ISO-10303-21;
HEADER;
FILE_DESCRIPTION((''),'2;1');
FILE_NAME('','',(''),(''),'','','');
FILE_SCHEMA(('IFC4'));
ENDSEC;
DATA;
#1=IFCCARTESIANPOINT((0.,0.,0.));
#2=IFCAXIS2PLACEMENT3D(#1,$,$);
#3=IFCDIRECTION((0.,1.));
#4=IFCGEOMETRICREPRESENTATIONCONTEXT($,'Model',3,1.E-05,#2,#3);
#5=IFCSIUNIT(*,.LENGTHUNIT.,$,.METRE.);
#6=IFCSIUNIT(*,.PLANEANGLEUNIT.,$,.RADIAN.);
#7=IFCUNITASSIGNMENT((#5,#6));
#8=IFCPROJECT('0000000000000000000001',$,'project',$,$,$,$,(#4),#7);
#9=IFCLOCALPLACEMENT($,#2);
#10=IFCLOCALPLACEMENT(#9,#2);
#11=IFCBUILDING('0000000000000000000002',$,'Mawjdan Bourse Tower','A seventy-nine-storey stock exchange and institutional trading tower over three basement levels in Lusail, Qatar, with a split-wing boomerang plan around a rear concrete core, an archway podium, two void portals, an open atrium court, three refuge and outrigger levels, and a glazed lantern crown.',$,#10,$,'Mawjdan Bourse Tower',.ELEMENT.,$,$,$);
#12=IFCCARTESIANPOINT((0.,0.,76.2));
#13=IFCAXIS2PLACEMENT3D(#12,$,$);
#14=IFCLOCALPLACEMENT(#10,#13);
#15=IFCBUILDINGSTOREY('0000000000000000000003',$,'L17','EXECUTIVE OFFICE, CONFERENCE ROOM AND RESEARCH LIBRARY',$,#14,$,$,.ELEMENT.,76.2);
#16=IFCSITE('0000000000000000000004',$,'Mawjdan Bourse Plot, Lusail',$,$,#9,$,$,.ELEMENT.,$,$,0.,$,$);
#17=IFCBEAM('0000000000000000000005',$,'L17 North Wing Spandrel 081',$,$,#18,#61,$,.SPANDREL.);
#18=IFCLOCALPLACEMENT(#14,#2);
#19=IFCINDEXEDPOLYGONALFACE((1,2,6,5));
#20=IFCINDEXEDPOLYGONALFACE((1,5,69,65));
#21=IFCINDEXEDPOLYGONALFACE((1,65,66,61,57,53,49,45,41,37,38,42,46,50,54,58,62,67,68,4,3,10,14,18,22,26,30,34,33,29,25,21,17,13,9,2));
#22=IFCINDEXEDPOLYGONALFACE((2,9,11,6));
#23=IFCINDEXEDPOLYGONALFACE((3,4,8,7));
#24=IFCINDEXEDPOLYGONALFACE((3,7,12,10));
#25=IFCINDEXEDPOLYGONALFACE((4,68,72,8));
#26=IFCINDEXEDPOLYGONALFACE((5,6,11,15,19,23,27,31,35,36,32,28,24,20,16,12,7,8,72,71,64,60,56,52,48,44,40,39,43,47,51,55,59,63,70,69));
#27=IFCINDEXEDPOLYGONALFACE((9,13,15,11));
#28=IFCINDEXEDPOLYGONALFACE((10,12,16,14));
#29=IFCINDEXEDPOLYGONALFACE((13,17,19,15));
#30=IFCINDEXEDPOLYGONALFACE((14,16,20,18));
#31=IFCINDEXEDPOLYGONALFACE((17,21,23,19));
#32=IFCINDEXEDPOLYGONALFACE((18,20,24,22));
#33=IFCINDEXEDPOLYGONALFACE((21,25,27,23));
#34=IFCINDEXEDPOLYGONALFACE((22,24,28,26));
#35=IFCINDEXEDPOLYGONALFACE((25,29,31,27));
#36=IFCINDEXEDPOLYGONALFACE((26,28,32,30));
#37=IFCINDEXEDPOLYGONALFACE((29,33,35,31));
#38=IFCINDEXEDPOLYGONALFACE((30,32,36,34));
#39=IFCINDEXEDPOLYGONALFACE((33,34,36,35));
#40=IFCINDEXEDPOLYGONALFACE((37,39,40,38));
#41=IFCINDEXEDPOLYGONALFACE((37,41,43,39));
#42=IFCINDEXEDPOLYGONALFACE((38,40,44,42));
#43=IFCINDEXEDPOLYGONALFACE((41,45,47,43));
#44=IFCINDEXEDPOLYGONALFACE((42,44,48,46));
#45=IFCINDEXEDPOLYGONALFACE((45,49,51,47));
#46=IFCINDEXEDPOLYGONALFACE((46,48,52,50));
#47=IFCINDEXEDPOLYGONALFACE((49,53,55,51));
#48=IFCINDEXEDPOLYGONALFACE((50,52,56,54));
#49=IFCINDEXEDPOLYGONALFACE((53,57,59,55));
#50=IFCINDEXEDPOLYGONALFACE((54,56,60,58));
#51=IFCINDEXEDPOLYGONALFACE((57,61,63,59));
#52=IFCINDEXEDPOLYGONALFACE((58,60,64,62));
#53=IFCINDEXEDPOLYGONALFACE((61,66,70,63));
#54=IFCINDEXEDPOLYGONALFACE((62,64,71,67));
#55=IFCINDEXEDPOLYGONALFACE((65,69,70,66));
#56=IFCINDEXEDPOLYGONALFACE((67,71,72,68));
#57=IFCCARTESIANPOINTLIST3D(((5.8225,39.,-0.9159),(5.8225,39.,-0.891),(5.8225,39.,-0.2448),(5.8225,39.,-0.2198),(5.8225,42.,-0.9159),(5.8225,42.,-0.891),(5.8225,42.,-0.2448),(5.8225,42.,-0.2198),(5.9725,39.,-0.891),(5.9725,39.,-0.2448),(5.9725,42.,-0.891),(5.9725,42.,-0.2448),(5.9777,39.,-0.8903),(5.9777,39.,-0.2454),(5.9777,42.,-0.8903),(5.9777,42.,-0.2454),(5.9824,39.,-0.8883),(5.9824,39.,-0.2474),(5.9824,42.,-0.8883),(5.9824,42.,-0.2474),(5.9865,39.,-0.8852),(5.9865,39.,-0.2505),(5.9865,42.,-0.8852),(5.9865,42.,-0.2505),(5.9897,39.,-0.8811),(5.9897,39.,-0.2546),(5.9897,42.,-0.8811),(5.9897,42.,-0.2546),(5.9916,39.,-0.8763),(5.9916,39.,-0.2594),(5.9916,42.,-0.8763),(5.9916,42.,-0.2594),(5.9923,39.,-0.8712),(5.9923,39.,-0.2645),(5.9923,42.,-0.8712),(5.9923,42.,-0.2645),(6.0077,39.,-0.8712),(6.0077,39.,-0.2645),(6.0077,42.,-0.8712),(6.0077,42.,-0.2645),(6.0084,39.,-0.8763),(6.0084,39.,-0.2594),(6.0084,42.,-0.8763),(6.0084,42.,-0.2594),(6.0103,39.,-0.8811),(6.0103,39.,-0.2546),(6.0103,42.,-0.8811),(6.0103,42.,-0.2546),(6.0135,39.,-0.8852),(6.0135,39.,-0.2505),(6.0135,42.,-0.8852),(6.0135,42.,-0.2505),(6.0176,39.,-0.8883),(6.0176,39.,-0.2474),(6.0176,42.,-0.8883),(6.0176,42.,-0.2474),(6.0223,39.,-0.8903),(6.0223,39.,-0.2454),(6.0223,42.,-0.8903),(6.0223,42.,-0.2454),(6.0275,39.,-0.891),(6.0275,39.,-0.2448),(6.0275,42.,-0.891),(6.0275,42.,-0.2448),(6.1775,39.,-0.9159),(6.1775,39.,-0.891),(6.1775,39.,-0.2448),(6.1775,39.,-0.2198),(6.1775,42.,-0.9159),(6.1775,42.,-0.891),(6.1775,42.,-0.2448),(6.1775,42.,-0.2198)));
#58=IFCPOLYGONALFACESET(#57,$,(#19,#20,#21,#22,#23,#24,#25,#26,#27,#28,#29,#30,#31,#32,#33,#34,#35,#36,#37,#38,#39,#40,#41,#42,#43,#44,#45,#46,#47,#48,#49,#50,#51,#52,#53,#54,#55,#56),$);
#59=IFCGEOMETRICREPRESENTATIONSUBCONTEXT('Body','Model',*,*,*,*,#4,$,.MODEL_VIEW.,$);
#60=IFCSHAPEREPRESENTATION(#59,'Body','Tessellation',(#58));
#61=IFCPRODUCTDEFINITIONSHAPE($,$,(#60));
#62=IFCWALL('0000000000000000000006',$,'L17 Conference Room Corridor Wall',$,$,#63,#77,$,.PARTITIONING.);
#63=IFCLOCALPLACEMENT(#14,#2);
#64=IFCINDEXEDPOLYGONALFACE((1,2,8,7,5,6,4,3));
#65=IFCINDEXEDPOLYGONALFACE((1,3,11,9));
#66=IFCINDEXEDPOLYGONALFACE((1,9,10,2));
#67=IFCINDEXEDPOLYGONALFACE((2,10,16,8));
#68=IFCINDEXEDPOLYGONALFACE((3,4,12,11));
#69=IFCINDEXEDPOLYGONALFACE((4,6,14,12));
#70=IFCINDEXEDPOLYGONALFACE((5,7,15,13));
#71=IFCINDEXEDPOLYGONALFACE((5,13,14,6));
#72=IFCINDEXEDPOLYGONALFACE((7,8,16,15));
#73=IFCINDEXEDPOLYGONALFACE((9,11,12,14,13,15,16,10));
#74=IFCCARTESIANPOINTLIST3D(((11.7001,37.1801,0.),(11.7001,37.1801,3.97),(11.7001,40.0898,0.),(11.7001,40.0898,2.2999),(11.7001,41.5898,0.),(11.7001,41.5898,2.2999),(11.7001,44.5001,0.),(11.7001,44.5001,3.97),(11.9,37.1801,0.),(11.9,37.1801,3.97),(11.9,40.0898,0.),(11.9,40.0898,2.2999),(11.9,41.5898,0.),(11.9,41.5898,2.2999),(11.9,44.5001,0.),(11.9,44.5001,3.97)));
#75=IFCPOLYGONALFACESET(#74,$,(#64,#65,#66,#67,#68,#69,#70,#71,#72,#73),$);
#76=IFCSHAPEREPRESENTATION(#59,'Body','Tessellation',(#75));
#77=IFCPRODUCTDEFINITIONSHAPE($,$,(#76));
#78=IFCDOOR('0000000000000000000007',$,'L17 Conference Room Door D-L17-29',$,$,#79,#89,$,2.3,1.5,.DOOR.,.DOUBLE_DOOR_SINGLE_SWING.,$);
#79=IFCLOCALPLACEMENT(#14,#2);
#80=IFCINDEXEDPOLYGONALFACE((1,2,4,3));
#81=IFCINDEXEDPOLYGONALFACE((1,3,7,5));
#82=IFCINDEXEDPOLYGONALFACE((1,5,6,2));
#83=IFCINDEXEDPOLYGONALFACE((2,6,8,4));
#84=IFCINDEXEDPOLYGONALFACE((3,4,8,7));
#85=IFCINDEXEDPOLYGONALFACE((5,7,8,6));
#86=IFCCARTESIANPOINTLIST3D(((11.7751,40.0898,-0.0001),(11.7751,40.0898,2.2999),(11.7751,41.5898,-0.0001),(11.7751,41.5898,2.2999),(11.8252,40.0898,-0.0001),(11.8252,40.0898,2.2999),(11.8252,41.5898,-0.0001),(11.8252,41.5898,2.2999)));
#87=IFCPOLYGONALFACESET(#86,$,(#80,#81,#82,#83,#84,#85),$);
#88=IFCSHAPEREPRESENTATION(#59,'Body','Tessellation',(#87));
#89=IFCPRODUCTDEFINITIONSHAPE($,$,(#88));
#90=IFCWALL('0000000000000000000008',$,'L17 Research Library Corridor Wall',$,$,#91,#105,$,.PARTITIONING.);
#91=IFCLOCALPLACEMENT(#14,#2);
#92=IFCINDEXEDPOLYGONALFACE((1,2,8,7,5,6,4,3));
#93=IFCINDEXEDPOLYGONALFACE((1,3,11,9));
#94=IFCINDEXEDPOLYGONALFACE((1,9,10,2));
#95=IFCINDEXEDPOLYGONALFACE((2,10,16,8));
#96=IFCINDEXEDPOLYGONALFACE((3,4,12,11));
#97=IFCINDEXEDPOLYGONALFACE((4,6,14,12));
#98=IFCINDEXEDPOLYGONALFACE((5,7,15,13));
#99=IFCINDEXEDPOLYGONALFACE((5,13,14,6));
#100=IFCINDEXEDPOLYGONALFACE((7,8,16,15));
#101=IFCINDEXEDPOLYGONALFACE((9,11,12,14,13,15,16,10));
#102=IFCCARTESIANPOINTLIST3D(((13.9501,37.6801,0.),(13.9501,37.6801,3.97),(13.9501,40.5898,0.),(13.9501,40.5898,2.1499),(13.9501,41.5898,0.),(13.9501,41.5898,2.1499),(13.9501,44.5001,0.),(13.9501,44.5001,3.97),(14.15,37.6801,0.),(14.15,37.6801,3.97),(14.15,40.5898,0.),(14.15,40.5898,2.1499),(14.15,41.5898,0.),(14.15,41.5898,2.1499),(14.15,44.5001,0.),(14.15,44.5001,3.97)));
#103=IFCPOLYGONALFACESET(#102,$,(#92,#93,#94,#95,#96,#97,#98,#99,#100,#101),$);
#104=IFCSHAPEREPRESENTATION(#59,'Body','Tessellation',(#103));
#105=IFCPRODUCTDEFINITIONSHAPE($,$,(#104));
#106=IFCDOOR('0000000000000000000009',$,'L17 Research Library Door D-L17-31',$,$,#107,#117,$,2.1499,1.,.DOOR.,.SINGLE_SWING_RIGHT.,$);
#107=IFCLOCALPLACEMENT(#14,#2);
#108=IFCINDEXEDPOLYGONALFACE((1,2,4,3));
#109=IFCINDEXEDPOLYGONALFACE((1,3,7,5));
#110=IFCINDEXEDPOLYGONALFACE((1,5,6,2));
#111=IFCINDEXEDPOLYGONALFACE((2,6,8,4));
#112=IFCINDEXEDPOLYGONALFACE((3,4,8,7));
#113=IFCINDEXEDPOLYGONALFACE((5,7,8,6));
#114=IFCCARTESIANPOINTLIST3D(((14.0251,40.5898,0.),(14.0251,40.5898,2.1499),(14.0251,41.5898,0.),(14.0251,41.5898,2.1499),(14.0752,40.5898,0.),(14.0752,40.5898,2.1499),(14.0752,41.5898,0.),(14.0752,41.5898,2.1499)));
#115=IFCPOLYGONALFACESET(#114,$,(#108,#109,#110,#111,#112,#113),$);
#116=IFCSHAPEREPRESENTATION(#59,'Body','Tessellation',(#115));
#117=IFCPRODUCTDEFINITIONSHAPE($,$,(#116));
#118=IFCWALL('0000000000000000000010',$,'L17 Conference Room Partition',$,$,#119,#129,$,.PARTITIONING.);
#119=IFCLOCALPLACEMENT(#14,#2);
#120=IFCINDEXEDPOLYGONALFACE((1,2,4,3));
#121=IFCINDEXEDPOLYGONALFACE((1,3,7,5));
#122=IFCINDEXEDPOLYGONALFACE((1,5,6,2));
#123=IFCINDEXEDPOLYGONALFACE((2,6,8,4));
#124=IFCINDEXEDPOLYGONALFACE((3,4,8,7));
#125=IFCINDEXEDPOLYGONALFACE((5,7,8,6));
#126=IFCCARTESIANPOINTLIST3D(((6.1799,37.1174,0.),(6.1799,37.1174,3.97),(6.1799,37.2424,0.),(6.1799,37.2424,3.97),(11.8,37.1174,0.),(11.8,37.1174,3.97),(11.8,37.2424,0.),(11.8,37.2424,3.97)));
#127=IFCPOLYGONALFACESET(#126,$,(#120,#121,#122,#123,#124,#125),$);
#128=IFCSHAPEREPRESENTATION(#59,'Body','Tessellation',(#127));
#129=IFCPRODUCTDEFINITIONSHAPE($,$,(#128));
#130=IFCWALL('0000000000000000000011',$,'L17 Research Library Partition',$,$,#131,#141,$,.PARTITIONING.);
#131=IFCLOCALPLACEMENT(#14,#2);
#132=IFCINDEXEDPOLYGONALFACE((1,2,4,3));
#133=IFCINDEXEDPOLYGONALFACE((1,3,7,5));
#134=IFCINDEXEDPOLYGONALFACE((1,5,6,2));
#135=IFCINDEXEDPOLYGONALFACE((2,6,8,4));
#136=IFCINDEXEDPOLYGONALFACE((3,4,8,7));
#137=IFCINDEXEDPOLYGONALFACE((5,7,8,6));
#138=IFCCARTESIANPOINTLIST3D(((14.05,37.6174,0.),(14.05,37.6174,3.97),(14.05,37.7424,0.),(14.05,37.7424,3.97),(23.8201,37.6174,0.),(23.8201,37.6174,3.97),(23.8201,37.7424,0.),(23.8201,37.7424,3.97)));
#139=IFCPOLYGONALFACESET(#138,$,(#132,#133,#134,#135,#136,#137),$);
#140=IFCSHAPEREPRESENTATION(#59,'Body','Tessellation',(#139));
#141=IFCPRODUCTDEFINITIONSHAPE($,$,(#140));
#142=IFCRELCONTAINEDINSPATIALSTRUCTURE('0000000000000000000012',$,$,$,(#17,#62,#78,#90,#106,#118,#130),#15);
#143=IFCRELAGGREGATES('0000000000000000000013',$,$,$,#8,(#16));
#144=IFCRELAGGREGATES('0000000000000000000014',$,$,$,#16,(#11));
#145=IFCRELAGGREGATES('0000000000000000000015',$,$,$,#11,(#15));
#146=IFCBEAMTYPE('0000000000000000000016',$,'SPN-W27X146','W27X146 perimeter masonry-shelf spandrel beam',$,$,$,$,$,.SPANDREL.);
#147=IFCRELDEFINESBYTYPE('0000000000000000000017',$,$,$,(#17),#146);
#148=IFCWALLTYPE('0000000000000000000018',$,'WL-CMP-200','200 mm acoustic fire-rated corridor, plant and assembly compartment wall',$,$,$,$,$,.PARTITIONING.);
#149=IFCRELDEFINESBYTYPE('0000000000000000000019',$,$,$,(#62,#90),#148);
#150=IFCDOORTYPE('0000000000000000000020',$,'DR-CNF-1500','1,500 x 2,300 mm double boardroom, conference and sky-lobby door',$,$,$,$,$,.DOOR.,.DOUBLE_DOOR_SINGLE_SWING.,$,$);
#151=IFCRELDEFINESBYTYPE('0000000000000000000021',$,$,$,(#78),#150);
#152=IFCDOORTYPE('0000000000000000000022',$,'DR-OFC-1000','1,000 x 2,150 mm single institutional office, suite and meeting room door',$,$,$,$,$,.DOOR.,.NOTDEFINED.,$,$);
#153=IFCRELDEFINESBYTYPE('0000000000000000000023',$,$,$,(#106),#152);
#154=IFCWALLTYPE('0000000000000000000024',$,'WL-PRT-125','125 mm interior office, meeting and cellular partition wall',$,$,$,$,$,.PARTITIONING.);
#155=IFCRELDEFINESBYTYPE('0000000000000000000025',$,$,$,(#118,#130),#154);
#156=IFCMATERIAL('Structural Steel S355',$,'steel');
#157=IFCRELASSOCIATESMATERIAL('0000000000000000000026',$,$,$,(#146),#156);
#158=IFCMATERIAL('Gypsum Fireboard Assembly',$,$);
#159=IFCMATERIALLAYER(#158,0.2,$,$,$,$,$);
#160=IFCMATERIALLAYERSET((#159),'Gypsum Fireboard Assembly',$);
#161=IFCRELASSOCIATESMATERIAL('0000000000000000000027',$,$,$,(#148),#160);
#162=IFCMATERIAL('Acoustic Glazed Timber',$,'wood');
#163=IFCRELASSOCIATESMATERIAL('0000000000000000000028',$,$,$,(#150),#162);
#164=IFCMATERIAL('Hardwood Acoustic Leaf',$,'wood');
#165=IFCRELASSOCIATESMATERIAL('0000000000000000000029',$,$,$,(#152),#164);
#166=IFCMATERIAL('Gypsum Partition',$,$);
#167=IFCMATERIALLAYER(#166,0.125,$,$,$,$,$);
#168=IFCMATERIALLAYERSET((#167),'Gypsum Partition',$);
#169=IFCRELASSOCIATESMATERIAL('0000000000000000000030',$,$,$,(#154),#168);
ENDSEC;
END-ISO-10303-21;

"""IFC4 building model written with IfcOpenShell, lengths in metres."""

from ifc_helpers import new_model, si_unit, direction, frame, frame_2d, origin, origin_2d, place, context, subcontext, project, spatial, rectangle, i_section, extrude, material, layer, layer_set, material_profile, profile_set, type_object, element, fill, save


model = new_model("IFC4")

# Units and contexts
model_context = context("Model", 3, precision=1e-05, world=origin(), true_north=direction((0.0, 1.0)))
body_context = subcontext(model_context, "Body", "Model", "MODEL_VIEW")
ifc_project = project(units=[si_unit("LENGTHUNIT", "METRE"), si_unit("PLANEANGLEUNIT", "RADIAN")], contexts=[model_context])

# Site, building, storey
site_placement = place(None, origin())
site = spatial("IfcSite", under=ifc_project, at=site_placement, Name="Mawjdan Bourse Plot, Lusail", CompositionType="ELEMENT", RefElevation=0.0)
building_placement = place(site_placement, origin())
building = spatial("IfcBuilding", under=site, at=building_placement, Name="Mawjdan Bourse Tower", Description="A seventy-nine-storey stock exchange and institutional trading tower over three basement levels in Lusail, Qatar, with a split-wing boomerang plan around a rear concrete core, an archway podium, two void portals, an open atrium court, three refuge and outrigger levels, and a glazed lantern crown.", LongName="Mawjdan Bourse Tower", CompositionType="ELEMENT")
storey_placement = place(building_placement, frame((0.0, 0.0, 76.2)))
storey = spatial("IfcBuildingStorey", under=building, at=storey_placement, Name="L17", Description="EXECUTIVE OFFICE, CONFERENCE ROOM AND RESEARCH LIBRARY", CompositionType="ELEMENT", Elevation=76.2)

# Beam
ifc_material_1 = material(Name="Structural Steel S355", Category="steel")
ifc_material_profile_1 = material_profile(ifc_material_1, i_section(OverallWidth=0.355, OverallDepth=0.696, WebThickness=0.0154, FlangeThickness=0.0249, FilletRadius=0.0198, at=origin_2d()), Name="W27X146")
ifc_profile_set_1 = profile_set([ifc_material_profile_1], Name="Structural Steel S355")
beam_type_1 = type_object("IfcBeamType", Name="SPN-W27X146", Description="W27X146 perimeter masonry-shelf spandrel beam", PredefinedType="SPANDREL", material=ifc_profile_set_1)
for number, where, z_axis, x_axis, name in (
    (1, (6.0, 39.0, -0.5679), (0.0, 1.0, 0.0), (-1.0, 0.0, 0.0), "L17 North Wing Spandrel 081"),
):
    element("IfcBeam", number, at=place(storey_placement, frame(where, z_axis=z_axis, x_axis=x_axis)), inside=storey, type_object=beam_type_1, Name=name, PredefinedType="SPANDREL", context=body_context, shape_type="SweptSolid", body=[
        extrude(i_section(OverallWidth=0.355, OverallDepth=0.696, WebThickness=0.0154, FlangeThickness=0.0249, FilletRadius=0.0198, at=origin_2d()), origin(), (0.0, 0.0, 1.0), 3.0),
    ])

# Walls, openings, doors
ifc_material_2 = material(Name="Gypsum Fireboard Assembly")
ifc_layer_1 = layer(ifc_material_2, 0.2)
ifc_layer_set_1 = layer_set([ifc_layer_1], Name="Gypsum Fireboard Assembly")
wall_type_1 = type_object("IfcWallType", Name="WL-CMP-200", Description="200 mm acoustic fire-rated corridor, plant and assembly compartment wall", PredefinedType="PARTITIONING", material=ifc_layer_set_1)
wall_1_placement = place(storey_placement, frame((11.8, 37.1799, 0.0), z_axis=(0.0, 0.0, 1.0), x_axis=(0.0, 1.0, 0.0)))
wall_1 = element("IfcWall", 2, at=wall_1_placement, inside=storey, type_object=wall_type_1, Name="L17 Conference Room Corridor Wall", PredefinedType="PARTITIONING", context=body_context, shape_type="SweptSolid", body=[
    extrude(rectangle(XDim=7.3201, YDim=0.2, at=frame_2d((3.6602, 0.0))), origin(), (0.0, 0.0, 1.0), 3.97),
])
opening_1_placement = place(wall_1_placement, frame((2.9099, 0.0, 0.0)))
opening_1 = element("IfcOpeningElement", 3, at=opening_1_placement, cuts=wall_1, PredefinedType="OPENING", context=body_context, shape_type="SweptSolid", body=[
    extrude(rectangle(XDim=1.5, YDim=2.3, at=frame_2d((0.75, 1.1499))), frame((0.0, 0.1099, 0.0), z_axis=(0.0, -1.0, 0.0), x_axis=(1.0, 0.0, 0.0)), (0.0, 0.0, 1.0), 0.22),
])
ifc_material_3 = material(Name="Acoustic Glazed Timber", Category="wood")
door_type_1 = type_object("IfcDoorType", Name="DR-CNF-1500", Description="1,500 x 2,300 mm double boardroom, conference and sky-lobby door", OperationType="DOUBLE_DOOR_SINGLE_SWING", PredefinedType="DOOR", material=ifc_material_3)
door_1_placement = place(opening_1_placement, origin())
door_1 = element("IfcDoor", 4, at=door_1_placement, inside=storey, type_object=door_type_1, Name="L17 Conference Room Door D-L17-29", OperationType="DOUBLE_DOOR_SINGLE_SWING", OverallHeight=2.3, OverallWidth=1.5, PredefinedType="DOOR", context=body_context, shape_type="SweptSolid", body=[
    extrude(rectangle(XDim=1.5, YDim=2.3, at=frame_2d((0.75, 1.1499))), frame((0.0, 0.0249, 0.0), z_axis=(0.0, -1.0, 0.0), x_axis=(1.0, 0.0, 0.0)), (0.0, 0.0, 1.0), 0.05),
])
fill(opening_1, door_1)
wall_2_placement = place(storey_placement, frame((14.05, 37.6799, 0.0), z_axis=(0.0, 0.0, 1.0), x_axis=(0.0, 1.0, 0.0)))
wall_2 = element("IfcWall", 5, at=wall_2_placement, inside=storey, type_object=wall_type_1, Name="L17 Research Library Corridor Wall", PredefinedType="PARTITIONING", context=body_context, shape_type="SweptSolid", body=[
    extrude(rectangle(XDim=6.8201, YDim=0.2, at=frame_2d((3.4102, 0.0))), origin(), (0.0, 0.0, 1.0), 3.97),
])
opening_2_placement = place(wall_2_placement, frame((2.9099, 0.0, 0.0)))
opening_2 = element("IfcOpeningElement", 6, at=opening_2_placement, cuts=wall_2, PredefinedType="OPENING", context=body_context, shape_type="SweptSolid", body=[
    extrude(rectangle(XDim=1.0, YDim=2.1499, at=frame_2d((0.5, 1.075))), frame((0.0, 0.1099, 0.0), z_axis=(0.0, -1.0, 0.0), x_axis=(1.0, 0.0, 0.0)), (0.0, 0.0, 1.0), 0.22),
])
ifc_material_4 = material(Name="Hardwood Acoustic Leaf", Category="wood")
door_type_2 = type_object("IfcDoorType", Name="DR-OFC-1000", Description="1,000 x 2,150 mm single institutional office, suite and meeting room door", OperationType="NOTDEFINED", PredefinedType="DOOR", material=ifc_material_4)
door_2_placement = place(opening_2_placement, origin())
door_2 = element("IfcDoor", 7, at=door_2_placement, inside=storey, type_object=door_type_2, Name="L17 Research Library Door D-L17-31", OperationType="SINGLE_SWING_RIGHT", OverallHeight=2.1499, OverallWidth=1.0, PredefinedType="DOOR", context=body_context, shape_type="SweptSolid", body=[
    extrude(rectangle(XDim=1.0, YDim=2.1499, at=frame_2d((0.5, 1.075))), frame((0.0, 0.0249, 0.0), z_axis=(0.0, -1.0, 0.0), x_axis=(1.0, 0.0, 0.0)), (0.0, 0.0, 1.0), 0.05),
])
fill(opening_2, door_2)

# Walls
ifc_material_5 = material(Name="Gypsum Partition")
ifc_layer_2 = layer(ifc_material_5, 0.125)
ifc_layer_set_2 = layer_set([ifc_layer_2], Name="Gypsum Partition")
wall_type_2 = type_object("IfcWallType", Name="WL-PRT-125", Description="125 mm interior office, meeting and cellular partition wall", PredefinedType="PARTITIONING", material=ifc_layer_set_2)
wall_3_placement = place(storey_placement, frame((6.1799, 37.1799, 0.0), z_axis=(0.0, 0.0, 1.0), x_axis=(1.0, 0.0, 0.0)))
element("IfcWall", 8, at=wall_3_placement, inside=storey, type_object=wall_type_2, Name="L17 Conference Room Partition", PredefinedType="PARTITIONING", context=body_context, shape_type="SweptSolid", body=[
    extrude(rectangle(XDim=5.6201, YDim=0.125, at=frame_2d((2.8101, 0.0))), origin(), (0.0, 0.0, 1.0), 3.97),
])
wall_4_placement = place(storey_placement, frame((14.05, 37.6799, 0.0), z_axis=(0.0, 0.0, 1.0), x_axis=(1.0, 0.0, 0.0)))
element("IfcWall", 9, at=wall_4_placement, inside=storey, type_object=wall_type_2, Name="L17 Research Library Partition", PredefinedType="PARTITIONING", context=body_context, shape_type="SweptSolid", body=[
    extrude(rectangle(XDim=9.77, YDim=0.125, at=frame_2d((4.885, 0.0))), origin(), (0.0, 0.0, 1.0), 3.97),
])

save(model, "model.ifc")
